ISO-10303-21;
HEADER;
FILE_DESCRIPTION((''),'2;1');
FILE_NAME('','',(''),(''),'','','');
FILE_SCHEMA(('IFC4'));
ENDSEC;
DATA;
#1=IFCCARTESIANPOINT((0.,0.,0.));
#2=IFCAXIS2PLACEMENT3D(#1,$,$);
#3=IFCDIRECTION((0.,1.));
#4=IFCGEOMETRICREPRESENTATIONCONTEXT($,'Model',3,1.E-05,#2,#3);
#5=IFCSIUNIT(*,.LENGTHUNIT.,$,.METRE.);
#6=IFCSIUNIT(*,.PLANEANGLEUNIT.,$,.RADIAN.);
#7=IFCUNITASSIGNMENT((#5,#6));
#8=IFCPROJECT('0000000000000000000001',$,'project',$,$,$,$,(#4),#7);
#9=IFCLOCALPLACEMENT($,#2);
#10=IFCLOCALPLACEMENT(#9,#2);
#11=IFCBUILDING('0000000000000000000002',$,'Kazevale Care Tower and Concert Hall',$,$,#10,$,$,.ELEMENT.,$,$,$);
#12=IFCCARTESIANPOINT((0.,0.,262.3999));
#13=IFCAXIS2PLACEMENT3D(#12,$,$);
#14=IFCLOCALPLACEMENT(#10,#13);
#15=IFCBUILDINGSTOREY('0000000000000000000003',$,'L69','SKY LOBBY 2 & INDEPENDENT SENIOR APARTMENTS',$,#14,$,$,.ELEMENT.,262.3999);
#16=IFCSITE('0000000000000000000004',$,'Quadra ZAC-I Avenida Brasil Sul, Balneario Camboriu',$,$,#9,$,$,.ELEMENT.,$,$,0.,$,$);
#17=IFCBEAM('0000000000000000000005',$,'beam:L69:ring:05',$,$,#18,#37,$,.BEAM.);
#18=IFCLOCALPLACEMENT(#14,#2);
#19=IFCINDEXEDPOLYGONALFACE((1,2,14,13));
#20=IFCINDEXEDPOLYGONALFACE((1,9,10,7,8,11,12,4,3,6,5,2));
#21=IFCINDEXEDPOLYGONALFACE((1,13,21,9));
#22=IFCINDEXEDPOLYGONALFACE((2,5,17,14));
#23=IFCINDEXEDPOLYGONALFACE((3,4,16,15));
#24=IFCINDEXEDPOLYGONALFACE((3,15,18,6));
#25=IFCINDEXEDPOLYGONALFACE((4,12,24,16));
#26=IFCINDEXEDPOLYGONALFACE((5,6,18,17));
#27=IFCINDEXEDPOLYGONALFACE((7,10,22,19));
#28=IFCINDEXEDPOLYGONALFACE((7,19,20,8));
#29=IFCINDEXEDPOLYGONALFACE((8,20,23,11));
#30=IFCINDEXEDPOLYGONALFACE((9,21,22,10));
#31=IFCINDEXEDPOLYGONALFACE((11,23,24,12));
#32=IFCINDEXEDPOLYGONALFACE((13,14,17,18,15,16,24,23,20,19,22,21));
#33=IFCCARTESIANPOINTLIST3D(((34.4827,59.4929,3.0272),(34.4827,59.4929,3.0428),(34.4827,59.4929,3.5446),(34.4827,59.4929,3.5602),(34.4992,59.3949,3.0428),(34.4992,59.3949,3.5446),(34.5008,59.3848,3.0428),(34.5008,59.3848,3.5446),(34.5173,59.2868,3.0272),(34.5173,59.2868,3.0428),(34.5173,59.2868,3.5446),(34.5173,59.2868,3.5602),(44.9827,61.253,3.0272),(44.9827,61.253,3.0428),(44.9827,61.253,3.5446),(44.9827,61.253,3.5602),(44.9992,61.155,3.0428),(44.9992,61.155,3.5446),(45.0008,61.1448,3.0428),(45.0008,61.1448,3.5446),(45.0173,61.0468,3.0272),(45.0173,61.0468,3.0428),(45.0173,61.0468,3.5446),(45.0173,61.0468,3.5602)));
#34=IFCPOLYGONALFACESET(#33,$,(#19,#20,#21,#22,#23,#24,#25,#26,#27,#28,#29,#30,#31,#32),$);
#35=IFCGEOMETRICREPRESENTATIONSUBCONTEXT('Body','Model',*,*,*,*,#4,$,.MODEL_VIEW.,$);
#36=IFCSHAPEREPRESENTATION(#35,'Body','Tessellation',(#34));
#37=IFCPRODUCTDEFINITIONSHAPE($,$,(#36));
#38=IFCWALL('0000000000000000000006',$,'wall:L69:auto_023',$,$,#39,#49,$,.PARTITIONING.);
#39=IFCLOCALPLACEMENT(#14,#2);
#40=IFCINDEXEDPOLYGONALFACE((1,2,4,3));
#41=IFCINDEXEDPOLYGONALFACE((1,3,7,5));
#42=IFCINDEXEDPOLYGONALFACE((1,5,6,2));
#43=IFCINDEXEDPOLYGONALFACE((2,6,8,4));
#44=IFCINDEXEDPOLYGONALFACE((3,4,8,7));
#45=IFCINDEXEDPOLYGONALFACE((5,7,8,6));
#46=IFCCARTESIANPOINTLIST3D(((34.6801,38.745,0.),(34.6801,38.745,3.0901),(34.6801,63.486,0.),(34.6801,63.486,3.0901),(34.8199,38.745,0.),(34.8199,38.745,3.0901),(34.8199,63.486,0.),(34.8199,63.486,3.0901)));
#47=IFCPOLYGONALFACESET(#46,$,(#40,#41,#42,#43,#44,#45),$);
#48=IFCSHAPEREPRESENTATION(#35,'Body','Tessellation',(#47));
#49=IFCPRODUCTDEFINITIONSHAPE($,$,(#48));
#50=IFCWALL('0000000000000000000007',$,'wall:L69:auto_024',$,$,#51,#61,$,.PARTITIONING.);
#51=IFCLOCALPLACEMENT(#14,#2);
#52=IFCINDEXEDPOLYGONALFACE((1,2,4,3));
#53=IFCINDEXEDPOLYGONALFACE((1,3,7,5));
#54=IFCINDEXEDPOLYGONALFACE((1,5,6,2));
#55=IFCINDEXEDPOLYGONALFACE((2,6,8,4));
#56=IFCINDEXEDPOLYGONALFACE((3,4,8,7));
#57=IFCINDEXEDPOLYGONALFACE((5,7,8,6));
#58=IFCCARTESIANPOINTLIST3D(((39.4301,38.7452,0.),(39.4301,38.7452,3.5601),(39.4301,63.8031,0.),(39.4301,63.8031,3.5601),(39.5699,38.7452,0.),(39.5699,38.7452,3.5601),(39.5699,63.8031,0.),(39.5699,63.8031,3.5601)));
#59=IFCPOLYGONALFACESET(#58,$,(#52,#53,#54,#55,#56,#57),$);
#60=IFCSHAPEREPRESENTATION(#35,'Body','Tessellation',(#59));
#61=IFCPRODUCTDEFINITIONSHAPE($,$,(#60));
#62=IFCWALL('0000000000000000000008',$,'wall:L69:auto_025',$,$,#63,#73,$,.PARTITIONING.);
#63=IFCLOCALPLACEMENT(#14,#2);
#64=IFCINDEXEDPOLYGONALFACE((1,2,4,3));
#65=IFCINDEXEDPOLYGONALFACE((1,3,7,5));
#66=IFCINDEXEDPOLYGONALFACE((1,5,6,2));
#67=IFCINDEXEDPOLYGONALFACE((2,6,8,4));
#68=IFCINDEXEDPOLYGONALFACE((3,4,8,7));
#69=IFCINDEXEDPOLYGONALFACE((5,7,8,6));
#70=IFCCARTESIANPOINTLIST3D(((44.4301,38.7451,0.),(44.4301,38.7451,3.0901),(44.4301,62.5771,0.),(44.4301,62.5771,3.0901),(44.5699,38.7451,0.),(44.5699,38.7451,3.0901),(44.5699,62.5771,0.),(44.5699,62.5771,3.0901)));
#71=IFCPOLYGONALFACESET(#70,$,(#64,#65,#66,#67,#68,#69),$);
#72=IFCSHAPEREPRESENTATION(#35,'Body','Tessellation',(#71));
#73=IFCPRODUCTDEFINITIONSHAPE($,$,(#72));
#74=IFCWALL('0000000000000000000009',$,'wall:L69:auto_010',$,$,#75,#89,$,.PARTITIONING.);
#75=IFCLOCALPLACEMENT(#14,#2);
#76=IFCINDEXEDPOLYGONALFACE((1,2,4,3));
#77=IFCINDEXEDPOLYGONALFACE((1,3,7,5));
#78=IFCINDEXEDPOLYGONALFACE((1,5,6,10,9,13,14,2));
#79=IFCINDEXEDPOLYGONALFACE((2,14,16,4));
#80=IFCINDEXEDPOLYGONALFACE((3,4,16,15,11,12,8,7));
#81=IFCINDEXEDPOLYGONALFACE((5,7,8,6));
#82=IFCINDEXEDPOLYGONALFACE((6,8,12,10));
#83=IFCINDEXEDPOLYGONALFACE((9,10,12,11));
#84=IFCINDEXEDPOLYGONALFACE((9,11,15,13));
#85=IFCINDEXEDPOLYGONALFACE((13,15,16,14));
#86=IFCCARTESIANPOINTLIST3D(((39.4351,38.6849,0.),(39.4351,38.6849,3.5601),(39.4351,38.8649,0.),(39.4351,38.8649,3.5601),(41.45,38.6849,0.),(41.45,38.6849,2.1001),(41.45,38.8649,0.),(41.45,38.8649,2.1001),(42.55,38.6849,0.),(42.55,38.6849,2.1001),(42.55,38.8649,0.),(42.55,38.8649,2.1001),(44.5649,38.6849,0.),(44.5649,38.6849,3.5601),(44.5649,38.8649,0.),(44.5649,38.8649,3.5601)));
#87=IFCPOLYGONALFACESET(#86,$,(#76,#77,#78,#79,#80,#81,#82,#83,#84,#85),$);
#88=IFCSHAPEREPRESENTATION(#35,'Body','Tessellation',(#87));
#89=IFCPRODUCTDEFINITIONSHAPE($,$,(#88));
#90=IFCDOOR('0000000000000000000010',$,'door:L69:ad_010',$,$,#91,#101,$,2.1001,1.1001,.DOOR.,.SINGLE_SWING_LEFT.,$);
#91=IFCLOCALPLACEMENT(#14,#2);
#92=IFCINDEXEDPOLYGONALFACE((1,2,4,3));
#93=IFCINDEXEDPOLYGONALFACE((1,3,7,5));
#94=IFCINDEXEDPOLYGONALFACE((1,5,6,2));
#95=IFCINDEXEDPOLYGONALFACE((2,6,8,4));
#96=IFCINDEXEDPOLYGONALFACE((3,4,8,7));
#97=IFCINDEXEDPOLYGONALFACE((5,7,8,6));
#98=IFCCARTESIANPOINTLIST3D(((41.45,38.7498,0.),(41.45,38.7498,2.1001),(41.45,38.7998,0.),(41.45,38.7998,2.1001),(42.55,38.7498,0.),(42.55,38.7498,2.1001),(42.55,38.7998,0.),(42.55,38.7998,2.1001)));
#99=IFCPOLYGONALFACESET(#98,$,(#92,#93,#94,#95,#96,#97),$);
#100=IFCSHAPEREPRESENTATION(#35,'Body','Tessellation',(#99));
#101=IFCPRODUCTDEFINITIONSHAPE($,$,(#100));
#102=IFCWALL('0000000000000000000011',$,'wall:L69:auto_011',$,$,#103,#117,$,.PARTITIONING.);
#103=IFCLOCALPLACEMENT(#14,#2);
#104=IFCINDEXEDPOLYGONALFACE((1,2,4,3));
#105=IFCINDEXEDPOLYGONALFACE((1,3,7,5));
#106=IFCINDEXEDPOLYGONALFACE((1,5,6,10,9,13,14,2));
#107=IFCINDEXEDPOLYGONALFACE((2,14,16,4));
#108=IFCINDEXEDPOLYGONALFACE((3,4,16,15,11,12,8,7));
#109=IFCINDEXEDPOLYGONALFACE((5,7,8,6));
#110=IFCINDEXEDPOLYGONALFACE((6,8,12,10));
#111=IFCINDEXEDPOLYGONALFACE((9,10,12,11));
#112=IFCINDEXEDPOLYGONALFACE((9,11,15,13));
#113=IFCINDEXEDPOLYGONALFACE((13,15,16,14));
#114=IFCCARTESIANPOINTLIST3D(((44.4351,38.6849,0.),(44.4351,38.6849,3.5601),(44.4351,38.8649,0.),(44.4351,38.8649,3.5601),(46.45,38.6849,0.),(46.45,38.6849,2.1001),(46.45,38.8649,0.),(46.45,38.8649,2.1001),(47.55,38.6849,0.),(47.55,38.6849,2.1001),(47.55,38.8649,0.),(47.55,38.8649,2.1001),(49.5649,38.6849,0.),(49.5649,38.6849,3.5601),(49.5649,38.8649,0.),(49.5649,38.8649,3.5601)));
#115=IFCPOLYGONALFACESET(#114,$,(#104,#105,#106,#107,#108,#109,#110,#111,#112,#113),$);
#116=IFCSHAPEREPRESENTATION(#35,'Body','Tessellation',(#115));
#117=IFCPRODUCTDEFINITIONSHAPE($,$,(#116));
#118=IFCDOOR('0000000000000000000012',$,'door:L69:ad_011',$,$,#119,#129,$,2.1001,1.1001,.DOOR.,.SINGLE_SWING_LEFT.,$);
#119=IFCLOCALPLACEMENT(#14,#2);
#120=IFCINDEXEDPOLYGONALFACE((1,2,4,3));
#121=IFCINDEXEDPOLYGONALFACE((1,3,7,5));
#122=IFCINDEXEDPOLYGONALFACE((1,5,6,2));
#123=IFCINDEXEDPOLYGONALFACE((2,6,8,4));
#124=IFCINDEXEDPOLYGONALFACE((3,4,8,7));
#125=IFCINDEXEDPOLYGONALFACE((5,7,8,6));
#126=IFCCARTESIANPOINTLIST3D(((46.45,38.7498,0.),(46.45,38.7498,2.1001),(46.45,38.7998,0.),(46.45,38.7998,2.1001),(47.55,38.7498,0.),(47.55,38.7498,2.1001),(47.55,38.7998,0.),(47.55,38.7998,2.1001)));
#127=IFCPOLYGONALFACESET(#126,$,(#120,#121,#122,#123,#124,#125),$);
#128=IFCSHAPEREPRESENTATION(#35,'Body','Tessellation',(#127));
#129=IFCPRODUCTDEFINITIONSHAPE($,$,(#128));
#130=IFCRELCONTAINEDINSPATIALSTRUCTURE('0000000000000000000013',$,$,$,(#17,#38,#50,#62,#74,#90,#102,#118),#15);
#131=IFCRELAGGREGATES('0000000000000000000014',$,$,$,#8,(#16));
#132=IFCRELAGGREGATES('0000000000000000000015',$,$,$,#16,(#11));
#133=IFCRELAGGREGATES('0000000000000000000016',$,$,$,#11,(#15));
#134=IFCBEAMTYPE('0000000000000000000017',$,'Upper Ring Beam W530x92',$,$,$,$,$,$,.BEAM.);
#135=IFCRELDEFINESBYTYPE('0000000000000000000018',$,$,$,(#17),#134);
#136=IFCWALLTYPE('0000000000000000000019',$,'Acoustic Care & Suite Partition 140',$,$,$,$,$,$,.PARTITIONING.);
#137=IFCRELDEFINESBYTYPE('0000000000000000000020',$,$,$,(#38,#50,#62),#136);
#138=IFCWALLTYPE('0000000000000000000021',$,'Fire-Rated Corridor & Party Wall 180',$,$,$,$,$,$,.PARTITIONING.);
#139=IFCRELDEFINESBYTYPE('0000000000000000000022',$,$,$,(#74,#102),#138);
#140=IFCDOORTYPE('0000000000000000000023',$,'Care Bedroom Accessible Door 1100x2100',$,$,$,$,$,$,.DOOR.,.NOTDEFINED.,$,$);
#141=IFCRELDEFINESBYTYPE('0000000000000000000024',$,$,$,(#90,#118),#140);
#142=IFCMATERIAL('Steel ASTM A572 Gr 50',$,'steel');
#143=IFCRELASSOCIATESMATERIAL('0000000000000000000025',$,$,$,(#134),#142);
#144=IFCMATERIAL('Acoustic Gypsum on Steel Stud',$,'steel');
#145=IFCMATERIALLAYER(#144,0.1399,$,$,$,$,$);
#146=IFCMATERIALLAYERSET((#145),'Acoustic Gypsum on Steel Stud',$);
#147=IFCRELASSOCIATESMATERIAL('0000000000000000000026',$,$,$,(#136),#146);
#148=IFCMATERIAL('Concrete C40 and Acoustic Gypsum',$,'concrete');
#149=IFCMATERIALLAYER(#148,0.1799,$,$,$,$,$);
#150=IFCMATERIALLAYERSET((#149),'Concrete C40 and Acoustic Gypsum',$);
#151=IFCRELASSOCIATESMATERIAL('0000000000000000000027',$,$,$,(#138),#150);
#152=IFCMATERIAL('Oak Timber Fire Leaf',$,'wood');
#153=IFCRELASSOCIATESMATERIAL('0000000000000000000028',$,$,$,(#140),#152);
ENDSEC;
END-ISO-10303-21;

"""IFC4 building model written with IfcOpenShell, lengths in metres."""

from ifc_helpers import new_model, si_unit, direction, frame, frame_2d, origin, origin_2d, place, context, subcontext, project, spatial, rectangle, i_section, extrude, material, layer, layer_set, material_profile, profile_set, type_object, element, fill, save


model = new_model("IFC4")

# Units and contexts
model_context = context("Model", 3, precision=1e-05, world=origin(), true_north=direction((0.0, 1.0)))
body_context = subcontext(model_context, "Body", "Model", "MODEL_VIEW")
ifc_project = project(units=[si_unit("LENGTHUNIT", "METRE"), si_unit("PLANEANGLEUNIT", "RADIAN")], contexts=[model_context])

# Site, building, storey
site_placement = place(None, origin())
site = spatial("IfcSite", under=ifc_project, at=site_placement, Name="Quadra ZAC-I Avenida Brasil Sul, Balneario Camboriu", CompositionType="ELEMENT", RefElevation=0.0)
building_placement = place(site_placement, origin())
building = spatial("IfcBuilding", under=site, at=building_placement, Name="Kazevale Care Tower and Concert Hall", CompositionType="ELEMENT")
storey_placement = place(building_placement, frame((0.0, 0.0, 262.3999)))
storey = spatial("IfcBuildingStorey", under=building, at=storey_placement, Name="L69", Description="SKY LOBBY 2 & INDEPENDENT SENIOR APARTMENTS", CompositionType="ELEMENT", Elevation=262.3999)

# Beam
ifc_material_1 = material(Name="Steel ASTM A572 Gr 50", Category="steel")
ifc_material_profile_1 = material_profile(ifc_material_1, i_section(OverallWidth=0.209, OverallDepth=0.533, WebThickness=0.0103, FlangeThickness=0.0156, at=origin_2d()), Name="W530x92")
ifc_profile_set_1 = profile_set([ifc_material_profile_1], Name="Steel ASTM A572 Gr 50")
beam_type_1 = type_object("IfcBeamType", Name="Upper Ring Beam W530x92", PredefinedType="BEAM", material=ifc_profile_set_1)
beam_1_placement = place(storey_placement, frame((45.0, 61.1499, 3.2937), z_axis=(-0.986241, -0.165314, 0.0), x_axis=(0.165314, -0.986241, 0.0)))
element("IfcBeam", 1, at=beam_1_placement, inside=storey, type_object=beam_type_1, Name="beam:L69:ring:05", PredefinedType="BEAM", context=body_context, shape_type="SweptSolid", body=[
    extrude(i_section(OverallWidth=0.209, OverallDepth=0.533, WebThickness=0.0103, FlangeThickness=0.0156, at=origin_2d()), origin(), (0.0, 0.0, 1.0), 10.6465),
])

# Walls
ifc_material_2 = material(Name="Acoustic Gypsum on Steel Stud", Category="steel")
ifc_layer_1 = layer(ifc_material_2, 0.1399)
ifc_layer_set_1 = layer_set([ifc_layer_1], Name="Acoustic Gypsum on Steel Stud")
wall_type_1 = type_object("IfcWallType", Name="Acoustic Care & Suite Partition 140", PredefinedType="PARTITIONING", material=ifc_layer_set_1)
wall_1_placement = place(storey_placement, frame((34.75, 63.4861, 0.0), z_axis=(0.0, 0.0, 1.0), x_axis=(0.0, -1.0, 0.0)))
element("IfcWall", 2, at=wall_1_placement, inside=storey, type_object=wall_type_1, Name="wall:L69:auto_023", PredefinedType="PARTITIONING", context=body_context, shape_type="SweptSolid", body=[
    extrude(rectangle(XDim=24.741, YDim=0.1399, at=frame_2d((12.3706, 0.0))), origin(), (0.0, 0.0, 1.0), 3.0901),
])
wall_2_placement = place(storey_placement, frame((39.5, 63.803, 0.0), z_axis=(0.0, 0.0, 1.0), x_axis=(0.0, -1.0, 0.0)))
element("IfcWall", 3, at=wall_2_placement, inside=storey, type_object=wall_type_1, Name="wall:L69:auto_024", PredefinedType="PARTITIONING", context=body_context, shape_type="SweptSolid", body=[
    extrude(rectangle(XDim=25.0579, YDim=0.1399, at=frame_2d((12.5288, 0.0))), origin(), (0.0, 0.0, 1.0), 3.5601),
])
wall_3_placement = place(storey_placement, frame((44.5, 62.5771, 0.0), z_axis=(0.0, 0.0, 1.0), x_axis=(0.0, -1.0, 0.0)))
element("IfcWall", 4, at=wall_3_placement, inside=storey, type_object=wall_type_1, Name="wall:L69:auto_025", PredefinedType="PARTITIONING", context=body_context, shape_type="SweptSolid", body=[
    extrude(rectangle(XDim=23.832, YDim=0.1399, at=frame_2d((11.916, 0.0))), origin(), (0.0, 0.0, 1.0), 3.0901),
])

# Walls, openings, doors
ifc_material_3 = material(Name="Concrete C40 and Acoustic Gypsum", Category="concrete")
ifc_layer_2 = layer(ifc_material_3, 0.1799)
ifc_layer_set_2 = layer_set([ifc_layer_2], Name="Concrete C40 and Acoustic Gypsum")
wall_type_2 = type_object("IfcWallType", Name="Fire-Rated Corridor & Party Wall 180", PredefinedType="PARTITIONING", material=ifc_layer_set_2)
wall_4_placement = place(storey_placement, frame((39.4351, 38.7749, 0.0), z_axis=(0.0, 0.0, 1.0), x_axis=(1.0, 0.0, 0.0)))
wall_4 = element("IfcWall", 5, at=wall_4_placement, inside=storey, type_object=wall_type_2, Name="wall:L69:auto_010", PredefinedType="PARTITIONING", context=body_context, shape_type="SweptSolid", body=[
    extrude(rectangle(XDim=5.1299, YDim=0.1799, at=frame_2d((2.5649, 0.0))), origin(), (0.0, 0.0, 1.0), 3.5601),
])
opening_1_placement = place(wall_4_placement, frame((2.0149, 0.0, 0.0)))
opening_1 = element("IfcOpeningElement", 6, at=opening_1_placement, cuts=wall_4, PredefinedType="OPENING", context=body_context, shape_type="SweptSolid", body=[
    extrude(rectangle(XDim=1.1001, YDim=2.1001, at=frame_2d((0.55, 1.05))), frame((0.0, 0.0999, 0.0), z_axis=(0.0, -1.0, 0.0), x_axis=(1.0, 0.0, 0.0)), (0.0, 0.0, 1.0), 0.2),
])
ifc_material_4 = material(Name="Oak Timber Fire Leaf", Category="wood")
door_type = type_object("IfcDoorType", Name="Care Bedroom Accessible Door 1100x2100", OperationType="NOTDEFINED", PredefinedType="DOOR", material=ifc_material_4)
door_1_placement = place(opening_1_placement, origin())
door_1 = element("IfcDoor", 7, at=door_1_placement, inside=storey, type_object=door_type, Name="door:L69:ad_010", OperationType="SINGLE_SWING_LEFT", OverallHeight=2.1001, OverallWidth=1.1001, PredefinedType="DOOR", context=body_context, shape_type="SweptSolid", body=[
    extrude(rectangle(XDim=1.1001, YDim=2.1001, at=frame_2d((0.55, 1.05))), frame((0.0, 0.0249, 0.0), z_axis=(0.0, -1.0, 0.0), x_axis=(1.0, 0.0, 0.0)), (0.0, 0.0, 1.0), 0.05),
])
fill(opening_1, door_1)
wall_5_placement = place(storey_placement, frame((44.4351, 38.7749, 0.0), z_axis=(0.0, 0.0, 1.0), x_axis=(1.0, 0.0, 0.0)))
wall_5 = element("IfcWall", 8, at=wall_5_placement, inside=storey, type_object=wall_type_2, Name="wall:L69:auto_011", PredefinedType="PARTITIONING", context=body_context, shape_type="SweptSolid", body=[
    extrude(rectangle(XDim=5.1299, YDim=0.1799, at=frame_2d((2.5649, 0.0))), origin(), (0.0, 0.0, 1.0), 3.5601),
])
opening_2_placement = place(wall_5_placement, frame((2.0149, 0.0, 0.0)))
opening_2 = element("IfcOpeningElement", 9, at=opening_2_placement, cuts=wall_5, PredefinedType="OPENING", context=body_context, shape_type="SweptSolid", body=[
    extrude(rectangle(XDim=1.1001, YDim=2.1001, at=frame_2d((0.55, 1.05))), frame((0.0, 0.0999, 0.0), z_axis=(0.0, -1.0, 0.0), x_axis=(1.0, 0.0, 0.0)), (0.0, 0.0, 1.0), 0.2),
])
door_2_placement = place(opening_2_placement, origin())
door_2 = element("IfcDoor", 10, at=door_2_placement, inside=storey, type_object=door_type, Name="door:L69:ad_011", OperationType="SINGLE_SWING_LEFT", OverallHeight=2.1001, OverallWidth=1.1001, PredefinedType="DOOR", context=body_context, shape_type="SweptSolid", body=[
    extrude(rectangle(XDim=1.1001, YDim=2.1001, at=frame_2d((0.55, 1.05))), frame((0.0, 0.0249, 0.0), z_axis=(0.0, -1.0, 0.0), x_axis=(1.0, 0.0, 0.0)), (0.0, 0.0, 1.0), 0.05),
])
fill(opening_2, door_2)

save(model, "model.ifc")
